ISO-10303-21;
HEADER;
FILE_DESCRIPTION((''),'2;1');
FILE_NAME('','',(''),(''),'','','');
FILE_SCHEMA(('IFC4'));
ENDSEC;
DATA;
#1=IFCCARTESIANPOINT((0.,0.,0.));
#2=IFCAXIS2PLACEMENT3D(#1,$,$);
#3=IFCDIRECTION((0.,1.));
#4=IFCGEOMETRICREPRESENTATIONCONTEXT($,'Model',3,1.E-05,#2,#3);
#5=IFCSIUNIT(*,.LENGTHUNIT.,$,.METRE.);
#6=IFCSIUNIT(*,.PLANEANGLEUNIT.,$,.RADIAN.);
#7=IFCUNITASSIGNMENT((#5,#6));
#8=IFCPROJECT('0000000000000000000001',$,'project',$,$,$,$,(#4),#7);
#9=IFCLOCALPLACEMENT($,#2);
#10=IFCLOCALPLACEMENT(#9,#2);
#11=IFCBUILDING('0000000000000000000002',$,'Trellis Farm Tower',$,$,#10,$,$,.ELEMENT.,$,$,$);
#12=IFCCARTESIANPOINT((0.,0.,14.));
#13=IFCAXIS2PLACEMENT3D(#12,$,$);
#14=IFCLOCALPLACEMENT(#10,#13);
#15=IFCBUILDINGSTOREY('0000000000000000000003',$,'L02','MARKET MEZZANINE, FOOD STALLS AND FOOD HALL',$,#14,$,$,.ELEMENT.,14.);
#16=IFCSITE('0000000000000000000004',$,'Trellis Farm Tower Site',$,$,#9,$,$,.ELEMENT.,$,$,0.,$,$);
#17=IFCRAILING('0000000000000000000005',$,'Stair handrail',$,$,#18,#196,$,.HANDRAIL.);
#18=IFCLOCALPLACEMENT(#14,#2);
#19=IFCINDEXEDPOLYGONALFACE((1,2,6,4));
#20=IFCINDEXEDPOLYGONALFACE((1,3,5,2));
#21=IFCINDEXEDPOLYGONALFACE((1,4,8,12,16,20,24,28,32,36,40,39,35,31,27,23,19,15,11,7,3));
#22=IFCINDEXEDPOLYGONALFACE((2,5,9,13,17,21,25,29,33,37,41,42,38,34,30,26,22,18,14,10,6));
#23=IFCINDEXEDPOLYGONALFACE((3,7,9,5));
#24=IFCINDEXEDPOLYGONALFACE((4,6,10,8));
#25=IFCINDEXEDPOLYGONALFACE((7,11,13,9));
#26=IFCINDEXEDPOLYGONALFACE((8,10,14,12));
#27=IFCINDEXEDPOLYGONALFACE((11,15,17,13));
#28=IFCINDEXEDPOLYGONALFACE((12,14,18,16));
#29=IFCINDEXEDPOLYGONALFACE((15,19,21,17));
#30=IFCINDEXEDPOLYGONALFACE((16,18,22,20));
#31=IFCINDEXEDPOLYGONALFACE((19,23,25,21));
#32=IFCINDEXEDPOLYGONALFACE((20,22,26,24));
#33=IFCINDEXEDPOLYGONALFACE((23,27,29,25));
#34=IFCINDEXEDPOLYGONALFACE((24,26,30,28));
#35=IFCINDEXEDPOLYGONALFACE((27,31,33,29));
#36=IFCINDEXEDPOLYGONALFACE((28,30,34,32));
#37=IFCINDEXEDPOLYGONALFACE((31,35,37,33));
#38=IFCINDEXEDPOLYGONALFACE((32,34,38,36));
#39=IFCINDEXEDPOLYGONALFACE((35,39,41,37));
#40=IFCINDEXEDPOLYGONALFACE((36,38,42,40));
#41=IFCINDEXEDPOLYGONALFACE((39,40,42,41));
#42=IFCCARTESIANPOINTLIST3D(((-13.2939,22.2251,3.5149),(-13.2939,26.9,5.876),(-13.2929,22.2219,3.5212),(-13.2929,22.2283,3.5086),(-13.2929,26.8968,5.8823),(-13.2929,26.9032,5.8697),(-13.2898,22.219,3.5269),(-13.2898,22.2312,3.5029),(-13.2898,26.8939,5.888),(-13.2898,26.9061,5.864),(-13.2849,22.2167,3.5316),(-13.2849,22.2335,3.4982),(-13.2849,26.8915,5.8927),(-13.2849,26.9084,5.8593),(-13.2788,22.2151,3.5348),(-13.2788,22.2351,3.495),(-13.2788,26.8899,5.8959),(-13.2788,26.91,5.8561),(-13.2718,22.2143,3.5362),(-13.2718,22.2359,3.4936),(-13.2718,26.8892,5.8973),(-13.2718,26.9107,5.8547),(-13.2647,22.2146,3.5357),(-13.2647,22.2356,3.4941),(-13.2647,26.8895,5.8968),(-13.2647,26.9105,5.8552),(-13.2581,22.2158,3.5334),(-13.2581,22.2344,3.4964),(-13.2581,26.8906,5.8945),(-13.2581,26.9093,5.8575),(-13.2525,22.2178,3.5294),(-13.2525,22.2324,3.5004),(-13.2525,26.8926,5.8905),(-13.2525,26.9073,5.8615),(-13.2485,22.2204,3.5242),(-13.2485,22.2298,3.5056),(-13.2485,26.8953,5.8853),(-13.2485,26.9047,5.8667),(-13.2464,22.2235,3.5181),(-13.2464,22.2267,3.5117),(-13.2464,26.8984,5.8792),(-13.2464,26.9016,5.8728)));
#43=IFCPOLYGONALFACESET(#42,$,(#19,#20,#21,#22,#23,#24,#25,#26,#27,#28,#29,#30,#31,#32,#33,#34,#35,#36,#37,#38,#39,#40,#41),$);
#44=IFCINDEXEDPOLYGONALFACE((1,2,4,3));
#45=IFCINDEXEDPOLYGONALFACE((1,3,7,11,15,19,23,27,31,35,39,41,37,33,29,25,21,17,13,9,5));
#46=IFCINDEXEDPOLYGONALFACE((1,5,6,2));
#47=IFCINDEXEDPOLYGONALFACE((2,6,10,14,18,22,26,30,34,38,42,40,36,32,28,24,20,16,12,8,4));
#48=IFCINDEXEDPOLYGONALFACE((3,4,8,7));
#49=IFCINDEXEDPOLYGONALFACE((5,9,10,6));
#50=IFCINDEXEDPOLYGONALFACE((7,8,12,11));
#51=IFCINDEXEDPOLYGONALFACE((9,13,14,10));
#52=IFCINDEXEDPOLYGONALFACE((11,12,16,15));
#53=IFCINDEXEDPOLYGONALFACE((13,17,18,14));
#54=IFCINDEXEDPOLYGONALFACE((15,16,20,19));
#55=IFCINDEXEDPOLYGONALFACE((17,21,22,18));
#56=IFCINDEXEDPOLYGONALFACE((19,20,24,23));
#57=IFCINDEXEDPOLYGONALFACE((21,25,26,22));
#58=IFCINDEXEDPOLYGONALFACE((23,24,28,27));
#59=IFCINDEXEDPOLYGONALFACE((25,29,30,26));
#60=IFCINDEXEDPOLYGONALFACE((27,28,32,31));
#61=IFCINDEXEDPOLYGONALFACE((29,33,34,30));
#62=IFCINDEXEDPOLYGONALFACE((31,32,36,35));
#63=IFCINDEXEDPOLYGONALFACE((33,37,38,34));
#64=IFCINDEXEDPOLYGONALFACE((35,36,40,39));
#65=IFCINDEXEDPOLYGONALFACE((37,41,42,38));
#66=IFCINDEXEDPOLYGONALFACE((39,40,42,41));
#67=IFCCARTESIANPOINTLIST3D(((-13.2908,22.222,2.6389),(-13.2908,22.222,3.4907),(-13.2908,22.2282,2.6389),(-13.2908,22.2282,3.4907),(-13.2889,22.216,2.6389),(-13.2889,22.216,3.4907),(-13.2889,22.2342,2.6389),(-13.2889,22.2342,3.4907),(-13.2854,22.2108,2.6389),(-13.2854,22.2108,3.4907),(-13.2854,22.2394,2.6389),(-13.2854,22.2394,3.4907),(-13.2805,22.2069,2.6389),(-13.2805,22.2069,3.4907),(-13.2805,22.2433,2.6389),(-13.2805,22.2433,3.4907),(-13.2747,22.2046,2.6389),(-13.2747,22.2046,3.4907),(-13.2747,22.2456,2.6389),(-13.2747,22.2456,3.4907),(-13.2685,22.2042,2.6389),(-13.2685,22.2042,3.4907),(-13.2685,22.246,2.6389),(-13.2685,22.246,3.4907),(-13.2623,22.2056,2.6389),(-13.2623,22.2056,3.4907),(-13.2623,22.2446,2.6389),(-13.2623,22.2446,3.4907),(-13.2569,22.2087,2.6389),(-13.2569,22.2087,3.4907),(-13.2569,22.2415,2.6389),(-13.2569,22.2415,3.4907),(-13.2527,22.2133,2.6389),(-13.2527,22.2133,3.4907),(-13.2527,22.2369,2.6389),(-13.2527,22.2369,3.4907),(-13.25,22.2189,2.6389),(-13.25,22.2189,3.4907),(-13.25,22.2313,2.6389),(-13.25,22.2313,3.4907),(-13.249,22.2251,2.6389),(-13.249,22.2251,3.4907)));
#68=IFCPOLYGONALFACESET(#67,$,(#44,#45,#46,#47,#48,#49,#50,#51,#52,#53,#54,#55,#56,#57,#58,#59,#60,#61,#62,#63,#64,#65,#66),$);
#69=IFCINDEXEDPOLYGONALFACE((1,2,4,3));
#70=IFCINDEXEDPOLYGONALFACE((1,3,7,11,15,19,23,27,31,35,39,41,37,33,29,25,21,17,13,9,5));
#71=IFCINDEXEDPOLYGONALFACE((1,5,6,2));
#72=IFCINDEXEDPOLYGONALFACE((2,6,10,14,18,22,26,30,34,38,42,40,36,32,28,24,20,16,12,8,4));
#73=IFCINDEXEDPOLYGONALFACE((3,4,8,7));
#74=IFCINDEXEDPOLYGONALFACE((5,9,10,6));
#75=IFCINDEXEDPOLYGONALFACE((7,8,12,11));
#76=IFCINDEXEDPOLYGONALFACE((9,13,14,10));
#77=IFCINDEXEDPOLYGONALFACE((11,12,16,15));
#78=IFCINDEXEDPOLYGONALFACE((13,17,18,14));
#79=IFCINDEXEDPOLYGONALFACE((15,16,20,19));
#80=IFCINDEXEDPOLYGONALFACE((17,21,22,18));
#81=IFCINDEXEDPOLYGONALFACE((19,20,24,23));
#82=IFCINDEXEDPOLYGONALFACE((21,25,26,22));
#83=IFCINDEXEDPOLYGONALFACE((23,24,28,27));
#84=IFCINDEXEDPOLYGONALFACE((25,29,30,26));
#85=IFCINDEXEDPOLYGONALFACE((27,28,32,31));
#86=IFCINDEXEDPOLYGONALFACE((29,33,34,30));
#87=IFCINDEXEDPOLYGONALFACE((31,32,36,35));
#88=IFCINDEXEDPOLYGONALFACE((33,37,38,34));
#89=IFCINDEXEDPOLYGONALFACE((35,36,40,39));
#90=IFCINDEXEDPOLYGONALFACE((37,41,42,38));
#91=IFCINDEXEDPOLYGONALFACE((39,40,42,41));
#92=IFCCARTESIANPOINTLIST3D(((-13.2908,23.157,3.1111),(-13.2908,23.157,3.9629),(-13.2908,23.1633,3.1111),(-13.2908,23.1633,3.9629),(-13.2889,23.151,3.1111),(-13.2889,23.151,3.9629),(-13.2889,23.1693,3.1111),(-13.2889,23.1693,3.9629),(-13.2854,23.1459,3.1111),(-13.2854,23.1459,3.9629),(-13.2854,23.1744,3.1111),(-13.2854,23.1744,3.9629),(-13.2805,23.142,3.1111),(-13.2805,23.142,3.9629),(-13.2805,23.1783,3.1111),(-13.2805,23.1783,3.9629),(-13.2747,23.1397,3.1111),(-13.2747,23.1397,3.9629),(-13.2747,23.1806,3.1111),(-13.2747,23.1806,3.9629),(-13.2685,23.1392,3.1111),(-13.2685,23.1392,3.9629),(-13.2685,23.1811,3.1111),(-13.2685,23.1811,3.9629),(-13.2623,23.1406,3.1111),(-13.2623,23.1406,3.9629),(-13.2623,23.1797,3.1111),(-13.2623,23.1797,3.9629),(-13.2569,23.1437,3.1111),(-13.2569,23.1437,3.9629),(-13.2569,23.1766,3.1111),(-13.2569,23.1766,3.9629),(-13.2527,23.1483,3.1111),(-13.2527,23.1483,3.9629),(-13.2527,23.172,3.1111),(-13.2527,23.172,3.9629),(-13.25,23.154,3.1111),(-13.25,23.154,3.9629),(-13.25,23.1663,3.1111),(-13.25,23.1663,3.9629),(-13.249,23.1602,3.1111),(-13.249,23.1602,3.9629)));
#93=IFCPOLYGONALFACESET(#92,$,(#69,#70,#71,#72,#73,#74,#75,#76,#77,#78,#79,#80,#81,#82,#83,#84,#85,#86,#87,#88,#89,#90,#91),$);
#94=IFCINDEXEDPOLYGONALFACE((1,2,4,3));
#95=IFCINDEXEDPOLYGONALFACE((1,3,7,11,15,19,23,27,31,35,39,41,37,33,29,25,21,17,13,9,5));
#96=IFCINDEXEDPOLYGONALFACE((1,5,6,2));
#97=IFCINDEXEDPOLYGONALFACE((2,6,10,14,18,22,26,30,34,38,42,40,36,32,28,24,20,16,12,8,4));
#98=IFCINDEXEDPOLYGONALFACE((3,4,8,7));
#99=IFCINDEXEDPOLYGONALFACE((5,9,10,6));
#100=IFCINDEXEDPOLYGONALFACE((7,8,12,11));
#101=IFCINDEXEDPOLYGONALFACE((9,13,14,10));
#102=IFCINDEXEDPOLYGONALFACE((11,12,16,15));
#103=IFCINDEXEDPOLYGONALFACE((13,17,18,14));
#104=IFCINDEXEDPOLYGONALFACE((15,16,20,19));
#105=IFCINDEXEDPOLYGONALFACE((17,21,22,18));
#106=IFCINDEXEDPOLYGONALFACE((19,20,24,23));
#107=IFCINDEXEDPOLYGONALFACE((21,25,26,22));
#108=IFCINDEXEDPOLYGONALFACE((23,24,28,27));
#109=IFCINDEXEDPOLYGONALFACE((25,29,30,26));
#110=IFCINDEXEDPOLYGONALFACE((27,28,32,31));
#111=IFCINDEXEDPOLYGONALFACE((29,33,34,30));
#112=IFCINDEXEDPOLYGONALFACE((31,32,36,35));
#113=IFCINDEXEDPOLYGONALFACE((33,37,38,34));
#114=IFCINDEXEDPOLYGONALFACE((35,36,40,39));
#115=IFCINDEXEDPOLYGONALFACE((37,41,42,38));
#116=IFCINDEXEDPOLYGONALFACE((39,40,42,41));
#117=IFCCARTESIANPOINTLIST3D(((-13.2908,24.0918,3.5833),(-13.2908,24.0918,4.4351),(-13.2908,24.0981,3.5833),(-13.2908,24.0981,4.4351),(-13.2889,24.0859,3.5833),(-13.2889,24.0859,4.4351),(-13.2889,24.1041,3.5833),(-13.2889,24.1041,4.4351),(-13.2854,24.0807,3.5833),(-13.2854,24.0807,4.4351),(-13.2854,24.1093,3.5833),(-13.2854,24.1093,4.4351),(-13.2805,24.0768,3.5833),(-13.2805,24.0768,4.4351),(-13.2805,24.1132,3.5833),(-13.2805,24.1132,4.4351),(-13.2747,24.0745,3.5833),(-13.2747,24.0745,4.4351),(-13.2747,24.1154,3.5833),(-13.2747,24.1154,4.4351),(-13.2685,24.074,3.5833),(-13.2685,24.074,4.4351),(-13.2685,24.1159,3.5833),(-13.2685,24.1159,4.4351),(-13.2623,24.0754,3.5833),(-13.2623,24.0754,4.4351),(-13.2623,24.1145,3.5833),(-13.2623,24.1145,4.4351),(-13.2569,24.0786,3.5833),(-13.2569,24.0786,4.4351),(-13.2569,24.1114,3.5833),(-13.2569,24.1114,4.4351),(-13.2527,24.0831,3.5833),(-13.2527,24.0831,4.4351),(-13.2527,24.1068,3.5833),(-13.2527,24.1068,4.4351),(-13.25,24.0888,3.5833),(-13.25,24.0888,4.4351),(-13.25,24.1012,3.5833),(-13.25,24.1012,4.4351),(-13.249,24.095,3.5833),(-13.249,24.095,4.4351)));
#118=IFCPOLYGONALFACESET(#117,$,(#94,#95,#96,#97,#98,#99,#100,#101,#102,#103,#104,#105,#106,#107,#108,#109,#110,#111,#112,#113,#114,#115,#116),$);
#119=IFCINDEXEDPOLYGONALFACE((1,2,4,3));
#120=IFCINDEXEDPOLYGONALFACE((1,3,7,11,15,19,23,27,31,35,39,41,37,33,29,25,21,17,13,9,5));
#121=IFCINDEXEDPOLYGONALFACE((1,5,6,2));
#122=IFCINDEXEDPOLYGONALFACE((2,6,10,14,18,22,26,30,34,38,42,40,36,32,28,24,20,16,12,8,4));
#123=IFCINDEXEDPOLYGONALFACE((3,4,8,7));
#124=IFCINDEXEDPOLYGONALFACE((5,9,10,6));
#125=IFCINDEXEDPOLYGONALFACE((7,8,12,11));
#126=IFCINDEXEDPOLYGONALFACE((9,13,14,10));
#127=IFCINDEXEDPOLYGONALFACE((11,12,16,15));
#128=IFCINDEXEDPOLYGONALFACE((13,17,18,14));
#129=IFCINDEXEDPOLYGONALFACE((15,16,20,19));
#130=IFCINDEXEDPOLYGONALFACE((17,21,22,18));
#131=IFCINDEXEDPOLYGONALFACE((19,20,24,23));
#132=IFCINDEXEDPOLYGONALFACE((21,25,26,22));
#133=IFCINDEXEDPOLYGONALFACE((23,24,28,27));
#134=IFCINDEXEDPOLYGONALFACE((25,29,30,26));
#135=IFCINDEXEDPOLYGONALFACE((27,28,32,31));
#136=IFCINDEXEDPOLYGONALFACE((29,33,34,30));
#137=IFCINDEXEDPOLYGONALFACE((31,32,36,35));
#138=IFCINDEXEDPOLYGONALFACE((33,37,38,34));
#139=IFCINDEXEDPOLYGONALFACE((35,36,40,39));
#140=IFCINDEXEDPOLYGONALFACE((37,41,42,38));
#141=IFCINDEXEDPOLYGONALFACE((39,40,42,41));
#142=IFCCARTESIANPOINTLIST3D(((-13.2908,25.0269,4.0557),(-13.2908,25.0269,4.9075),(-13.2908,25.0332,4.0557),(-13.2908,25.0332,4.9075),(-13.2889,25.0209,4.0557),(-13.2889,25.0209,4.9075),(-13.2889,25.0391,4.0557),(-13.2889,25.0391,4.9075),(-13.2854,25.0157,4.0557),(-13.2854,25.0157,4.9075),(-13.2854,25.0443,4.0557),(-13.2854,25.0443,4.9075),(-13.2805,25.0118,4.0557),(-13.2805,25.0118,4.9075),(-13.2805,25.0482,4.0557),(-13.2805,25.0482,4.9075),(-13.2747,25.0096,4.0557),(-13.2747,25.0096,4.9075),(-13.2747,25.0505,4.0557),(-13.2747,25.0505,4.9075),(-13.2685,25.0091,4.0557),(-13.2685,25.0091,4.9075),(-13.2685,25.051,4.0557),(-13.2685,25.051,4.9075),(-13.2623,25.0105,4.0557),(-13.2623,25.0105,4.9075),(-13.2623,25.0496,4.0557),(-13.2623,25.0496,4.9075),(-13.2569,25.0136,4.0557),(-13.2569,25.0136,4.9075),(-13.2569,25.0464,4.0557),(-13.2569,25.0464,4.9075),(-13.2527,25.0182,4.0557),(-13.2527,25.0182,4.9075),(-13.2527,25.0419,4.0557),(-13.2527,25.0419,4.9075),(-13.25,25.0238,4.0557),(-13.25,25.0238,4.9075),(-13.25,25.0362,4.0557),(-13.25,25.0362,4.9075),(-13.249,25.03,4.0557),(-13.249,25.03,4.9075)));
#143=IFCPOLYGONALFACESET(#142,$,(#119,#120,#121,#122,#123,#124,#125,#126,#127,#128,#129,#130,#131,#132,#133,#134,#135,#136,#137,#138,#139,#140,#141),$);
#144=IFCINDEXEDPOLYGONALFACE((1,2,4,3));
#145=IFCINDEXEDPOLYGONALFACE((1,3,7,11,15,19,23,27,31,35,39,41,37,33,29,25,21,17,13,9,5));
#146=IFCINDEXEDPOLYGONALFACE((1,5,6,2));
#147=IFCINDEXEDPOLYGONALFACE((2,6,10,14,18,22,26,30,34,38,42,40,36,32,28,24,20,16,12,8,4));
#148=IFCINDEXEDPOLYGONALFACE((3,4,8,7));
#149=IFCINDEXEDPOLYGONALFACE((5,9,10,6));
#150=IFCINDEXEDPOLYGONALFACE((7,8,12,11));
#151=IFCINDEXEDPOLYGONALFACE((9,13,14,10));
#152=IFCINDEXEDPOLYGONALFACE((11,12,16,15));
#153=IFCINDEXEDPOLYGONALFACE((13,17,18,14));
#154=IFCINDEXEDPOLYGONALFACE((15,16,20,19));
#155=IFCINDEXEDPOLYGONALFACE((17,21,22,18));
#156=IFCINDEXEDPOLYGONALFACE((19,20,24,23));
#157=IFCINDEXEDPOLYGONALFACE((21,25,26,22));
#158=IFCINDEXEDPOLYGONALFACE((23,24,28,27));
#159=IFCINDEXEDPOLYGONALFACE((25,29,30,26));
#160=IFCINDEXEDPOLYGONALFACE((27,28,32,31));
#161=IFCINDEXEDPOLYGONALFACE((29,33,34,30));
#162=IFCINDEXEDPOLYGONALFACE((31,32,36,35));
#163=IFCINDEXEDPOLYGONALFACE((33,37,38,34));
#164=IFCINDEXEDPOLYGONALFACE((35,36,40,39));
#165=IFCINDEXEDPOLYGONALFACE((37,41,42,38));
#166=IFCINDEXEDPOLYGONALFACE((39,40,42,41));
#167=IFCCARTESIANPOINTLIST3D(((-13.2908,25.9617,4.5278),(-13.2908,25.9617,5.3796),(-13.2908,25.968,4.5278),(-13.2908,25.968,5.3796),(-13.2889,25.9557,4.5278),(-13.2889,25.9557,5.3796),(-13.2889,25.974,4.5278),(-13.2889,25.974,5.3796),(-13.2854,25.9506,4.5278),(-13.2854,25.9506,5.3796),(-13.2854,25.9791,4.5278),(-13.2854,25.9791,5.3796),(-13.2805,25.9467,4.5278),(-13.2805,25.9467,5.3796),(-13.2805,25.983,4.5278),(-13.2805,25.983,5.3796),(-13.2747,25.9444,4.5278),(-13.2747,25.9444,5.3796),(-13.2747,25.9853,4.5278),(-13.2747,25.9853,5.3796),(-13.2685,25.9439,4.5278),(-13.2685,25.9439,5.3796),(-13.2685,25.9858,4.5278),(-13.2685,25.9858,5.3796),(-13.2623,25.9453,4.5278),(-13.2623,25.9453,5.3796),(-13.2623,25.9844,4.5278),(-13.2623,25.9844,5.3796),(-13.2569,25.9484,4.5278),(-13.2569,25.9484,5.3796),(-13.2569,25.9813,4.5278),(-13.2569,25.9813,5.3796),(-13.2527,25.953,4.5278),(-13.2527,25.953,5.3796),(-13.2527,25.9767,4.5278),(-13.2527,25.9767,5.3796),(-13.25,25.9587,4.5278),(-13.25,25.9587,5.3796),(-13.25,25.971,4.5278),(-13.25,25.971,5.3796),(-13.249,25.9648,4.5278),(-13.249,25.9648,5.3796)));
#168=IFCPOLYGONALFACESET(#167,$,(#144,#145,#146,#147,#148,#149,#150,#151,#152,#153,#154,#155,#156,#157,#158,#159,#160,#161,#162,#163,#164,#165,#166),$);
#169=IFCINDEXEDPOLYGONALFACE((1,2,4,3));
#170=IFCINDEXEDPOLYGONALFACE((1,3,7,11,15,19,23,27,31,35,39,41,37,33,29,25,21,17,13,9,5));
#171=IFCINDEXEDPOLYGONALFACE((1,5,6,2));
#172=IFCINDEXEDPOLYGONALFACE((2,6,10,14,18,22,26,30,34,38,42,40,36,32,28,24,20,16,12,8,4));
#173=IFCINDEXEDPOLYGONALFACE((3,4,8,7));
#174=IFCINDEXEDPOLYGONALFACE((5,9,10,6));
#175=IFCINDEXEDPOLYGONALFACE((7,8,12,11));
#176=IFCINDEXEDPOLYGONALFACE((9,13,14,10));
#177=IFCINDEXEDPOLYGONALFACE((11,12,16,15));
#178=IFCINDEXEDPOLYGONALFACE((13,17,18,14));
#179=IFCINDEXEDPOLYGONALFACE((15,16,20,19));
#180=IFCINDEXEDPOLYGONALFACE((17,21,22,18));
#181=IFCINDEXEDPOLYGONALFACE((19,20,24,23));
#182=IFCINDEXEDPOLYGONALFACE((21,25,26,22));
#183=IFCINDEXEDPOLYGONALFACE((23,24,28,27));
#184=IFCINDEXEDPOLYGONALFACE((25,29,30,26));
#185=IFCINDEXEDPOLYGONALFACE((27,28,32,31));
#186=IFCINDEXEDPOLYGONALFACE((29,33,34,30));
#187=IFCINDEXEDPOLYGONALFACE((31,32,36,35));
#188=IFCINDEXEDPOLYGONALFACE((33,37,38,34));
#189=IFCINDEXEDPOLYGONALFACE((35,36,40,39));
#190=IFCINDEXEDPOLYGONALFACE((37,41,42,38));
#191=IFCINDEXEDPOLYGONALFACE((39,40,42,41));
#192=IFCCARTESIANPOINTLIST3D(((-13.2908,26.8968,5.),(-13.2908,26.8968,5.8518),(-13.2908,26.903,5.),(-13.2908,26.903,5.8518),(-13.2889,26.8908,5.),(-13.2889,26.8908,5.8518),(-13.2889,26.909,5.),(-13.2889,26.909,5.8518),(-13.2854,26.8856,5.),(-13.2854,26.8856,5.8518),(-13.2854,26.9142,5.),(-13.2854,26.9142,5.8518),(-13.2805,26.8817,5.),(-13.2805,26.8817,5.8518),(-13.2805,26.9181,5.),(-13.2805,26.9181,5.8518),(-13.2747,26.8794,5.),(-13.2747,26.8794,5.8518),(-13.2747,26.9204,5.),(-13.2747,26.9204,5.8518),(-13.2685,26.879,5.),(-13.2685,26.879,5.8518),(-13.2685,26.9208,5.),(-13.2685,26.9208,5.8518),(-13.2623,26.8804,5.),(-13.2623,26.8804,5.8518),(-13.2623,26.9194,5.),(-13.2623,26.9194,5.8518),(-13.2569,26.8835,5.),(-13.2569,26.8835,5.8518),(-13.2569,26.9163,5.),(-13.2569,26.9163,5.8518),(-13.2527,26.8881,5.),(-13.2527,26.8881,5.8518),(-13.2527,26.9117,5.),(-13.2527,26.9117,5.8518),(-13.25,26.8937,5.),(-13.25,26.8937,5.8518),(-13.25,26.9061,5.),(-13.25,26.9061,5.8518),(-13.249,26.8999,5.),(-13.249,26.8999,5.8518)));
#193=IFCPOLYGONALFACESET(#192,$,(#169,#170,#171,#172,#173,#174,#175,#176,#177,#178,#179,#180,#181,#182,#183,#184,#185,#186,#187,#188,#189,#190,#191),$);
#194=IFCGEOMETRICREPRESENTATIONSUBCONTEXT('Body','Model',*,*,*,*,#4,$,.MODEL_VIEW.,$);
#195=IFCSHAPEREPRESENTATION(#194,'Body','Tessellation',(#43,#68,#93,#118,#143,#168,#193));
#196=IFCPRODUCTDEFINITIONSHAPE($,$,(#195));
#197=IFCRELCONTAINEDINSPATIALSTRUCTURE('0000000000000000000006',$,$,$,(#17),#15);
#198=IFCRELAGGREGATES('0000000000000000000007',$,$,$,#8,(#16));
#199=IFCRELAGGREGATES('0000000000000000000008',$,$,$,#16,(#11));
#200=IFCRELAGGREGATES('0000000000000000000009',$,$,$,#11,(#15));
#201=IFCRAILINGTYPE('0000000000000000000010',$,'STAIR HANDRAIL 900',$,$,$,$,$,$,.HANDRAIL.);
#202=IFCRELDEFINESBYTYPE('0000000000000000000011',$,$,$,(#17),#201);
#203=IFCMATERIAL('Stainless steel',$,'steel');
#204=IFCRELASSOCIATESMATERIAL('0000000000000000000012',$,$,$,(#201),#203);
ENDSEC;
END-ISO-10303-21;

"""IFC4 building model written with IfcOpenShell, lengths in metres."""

from ifc_helpers import new_model, si_unit, direction, frame, origin, origin_2d, place, context, subcontext, project, spatial, circle, extrude, source, transform, mapped, material, type_object, element, save


model = new_model("IFC4")

# Units and contexts
model_context = context("Model", 3, precision=1e-05, world=origin(), true_north=direction((0.0, 1.0)))
body_context = subcontext(model_context, "Body", "Model", "MODEL_VIEW")
ifc_project = project(units=[si_unit("LENGTHUNIT", "METRE"), si_unit("PLANEANGLEUNIT", "RADIAN")], contexts=[model_context])

# Site, building, storey
site_placement = place(None, origin())
site = spatial("IfcSite", under=ifc_project, at=site_placement, Name="Trellis Farm Tower Site", CompositionType="ELEMENT", RefElevation=0.0)
building_placement = place(site_placement, origin())
building = spatial("IfcBuilding", under=site, at=building_placement, Name="Trellis Farm Tower", CompositionType="ELEMENT")
storey_placement = place(building_placement, frame((0.0, 0.0, 14.0)))
storey = spatial("IfcBuildingStorey", under=building, at=storey_placement, Name="L02", Description="MARKET MEZZANINE, FOOD STALLS AND FOOD HALL", CompositionType="ELEMENT", Elevation=14.0)

# Railing
ifc_material_1 = material(Name="Stainless steel", Category="steel")
railing_type = type_object("IfcRailingType", Name="STAIR HANDRAIL 900", PredefinedType="HANDRAIL", material=ifc_material_1)
shared_shape_1 = source(origin(), body_context, "Body", "SweptSolid", [
    extrude(circle(Radius=0.0239, at=origin_2d()), frame((0.0, 0.0, 0.876), z_axis=(0.0, 0.892611, 0.450827), x_axis=(-1.0, 0.0, 0.0)), (0.0, 0.0, 1.0), 5.2373),
    extrude(circle(Radius=0.021, at=origin_2d()), origin(), (0.0, 0.0, 1.0), 0.8518),
    extrude(circle(Radius=0.021, at=origin_2d()), frame((0.0, 0.9351, 0.4722)), (0.0, 0.0, 1.0), 0.8518),
    extrude(circle(Radius=0.021, at=origin_2d()), frame((0.0, 1.8699, 0.9443)), (0.0, 0.0, 1.0), 0.8518),
    extrude(circle(Radius=0.021, at=origin_2d()), frame((0.0, 2.8049, 1.4167)), (0.0, 0.0, 1.0), 0.8518),
    extrude(circle(Radius=0.021, at=origin_2d()), frame((0.0, 3.7397, 1.8889)), (0.0, 0.0, 1.0), 0.8518),
    extrude(circle(Radius=0.021, at=origin_2d()), frame((0.0, 4.6748, 2.3611)), (0.0, 0.0, 1.0), 0.8518),
])
for number, where, name in (
    (1, (-13.27, 22.2251, 2.6389), "Stair handrail"),
):
    element("IfcRailing", number, at=place(storey_placement, frame(where)), inside=storey, type_object=railing_type, Name=name, PredefinedType="HANDRAIL", context=body_context, shape_type="MappedRepresentation", body=[
        mapped(shared_shape_1, transform((0.0, 0.0, 0.0))),
    ])

save(model, "model.ifc")
